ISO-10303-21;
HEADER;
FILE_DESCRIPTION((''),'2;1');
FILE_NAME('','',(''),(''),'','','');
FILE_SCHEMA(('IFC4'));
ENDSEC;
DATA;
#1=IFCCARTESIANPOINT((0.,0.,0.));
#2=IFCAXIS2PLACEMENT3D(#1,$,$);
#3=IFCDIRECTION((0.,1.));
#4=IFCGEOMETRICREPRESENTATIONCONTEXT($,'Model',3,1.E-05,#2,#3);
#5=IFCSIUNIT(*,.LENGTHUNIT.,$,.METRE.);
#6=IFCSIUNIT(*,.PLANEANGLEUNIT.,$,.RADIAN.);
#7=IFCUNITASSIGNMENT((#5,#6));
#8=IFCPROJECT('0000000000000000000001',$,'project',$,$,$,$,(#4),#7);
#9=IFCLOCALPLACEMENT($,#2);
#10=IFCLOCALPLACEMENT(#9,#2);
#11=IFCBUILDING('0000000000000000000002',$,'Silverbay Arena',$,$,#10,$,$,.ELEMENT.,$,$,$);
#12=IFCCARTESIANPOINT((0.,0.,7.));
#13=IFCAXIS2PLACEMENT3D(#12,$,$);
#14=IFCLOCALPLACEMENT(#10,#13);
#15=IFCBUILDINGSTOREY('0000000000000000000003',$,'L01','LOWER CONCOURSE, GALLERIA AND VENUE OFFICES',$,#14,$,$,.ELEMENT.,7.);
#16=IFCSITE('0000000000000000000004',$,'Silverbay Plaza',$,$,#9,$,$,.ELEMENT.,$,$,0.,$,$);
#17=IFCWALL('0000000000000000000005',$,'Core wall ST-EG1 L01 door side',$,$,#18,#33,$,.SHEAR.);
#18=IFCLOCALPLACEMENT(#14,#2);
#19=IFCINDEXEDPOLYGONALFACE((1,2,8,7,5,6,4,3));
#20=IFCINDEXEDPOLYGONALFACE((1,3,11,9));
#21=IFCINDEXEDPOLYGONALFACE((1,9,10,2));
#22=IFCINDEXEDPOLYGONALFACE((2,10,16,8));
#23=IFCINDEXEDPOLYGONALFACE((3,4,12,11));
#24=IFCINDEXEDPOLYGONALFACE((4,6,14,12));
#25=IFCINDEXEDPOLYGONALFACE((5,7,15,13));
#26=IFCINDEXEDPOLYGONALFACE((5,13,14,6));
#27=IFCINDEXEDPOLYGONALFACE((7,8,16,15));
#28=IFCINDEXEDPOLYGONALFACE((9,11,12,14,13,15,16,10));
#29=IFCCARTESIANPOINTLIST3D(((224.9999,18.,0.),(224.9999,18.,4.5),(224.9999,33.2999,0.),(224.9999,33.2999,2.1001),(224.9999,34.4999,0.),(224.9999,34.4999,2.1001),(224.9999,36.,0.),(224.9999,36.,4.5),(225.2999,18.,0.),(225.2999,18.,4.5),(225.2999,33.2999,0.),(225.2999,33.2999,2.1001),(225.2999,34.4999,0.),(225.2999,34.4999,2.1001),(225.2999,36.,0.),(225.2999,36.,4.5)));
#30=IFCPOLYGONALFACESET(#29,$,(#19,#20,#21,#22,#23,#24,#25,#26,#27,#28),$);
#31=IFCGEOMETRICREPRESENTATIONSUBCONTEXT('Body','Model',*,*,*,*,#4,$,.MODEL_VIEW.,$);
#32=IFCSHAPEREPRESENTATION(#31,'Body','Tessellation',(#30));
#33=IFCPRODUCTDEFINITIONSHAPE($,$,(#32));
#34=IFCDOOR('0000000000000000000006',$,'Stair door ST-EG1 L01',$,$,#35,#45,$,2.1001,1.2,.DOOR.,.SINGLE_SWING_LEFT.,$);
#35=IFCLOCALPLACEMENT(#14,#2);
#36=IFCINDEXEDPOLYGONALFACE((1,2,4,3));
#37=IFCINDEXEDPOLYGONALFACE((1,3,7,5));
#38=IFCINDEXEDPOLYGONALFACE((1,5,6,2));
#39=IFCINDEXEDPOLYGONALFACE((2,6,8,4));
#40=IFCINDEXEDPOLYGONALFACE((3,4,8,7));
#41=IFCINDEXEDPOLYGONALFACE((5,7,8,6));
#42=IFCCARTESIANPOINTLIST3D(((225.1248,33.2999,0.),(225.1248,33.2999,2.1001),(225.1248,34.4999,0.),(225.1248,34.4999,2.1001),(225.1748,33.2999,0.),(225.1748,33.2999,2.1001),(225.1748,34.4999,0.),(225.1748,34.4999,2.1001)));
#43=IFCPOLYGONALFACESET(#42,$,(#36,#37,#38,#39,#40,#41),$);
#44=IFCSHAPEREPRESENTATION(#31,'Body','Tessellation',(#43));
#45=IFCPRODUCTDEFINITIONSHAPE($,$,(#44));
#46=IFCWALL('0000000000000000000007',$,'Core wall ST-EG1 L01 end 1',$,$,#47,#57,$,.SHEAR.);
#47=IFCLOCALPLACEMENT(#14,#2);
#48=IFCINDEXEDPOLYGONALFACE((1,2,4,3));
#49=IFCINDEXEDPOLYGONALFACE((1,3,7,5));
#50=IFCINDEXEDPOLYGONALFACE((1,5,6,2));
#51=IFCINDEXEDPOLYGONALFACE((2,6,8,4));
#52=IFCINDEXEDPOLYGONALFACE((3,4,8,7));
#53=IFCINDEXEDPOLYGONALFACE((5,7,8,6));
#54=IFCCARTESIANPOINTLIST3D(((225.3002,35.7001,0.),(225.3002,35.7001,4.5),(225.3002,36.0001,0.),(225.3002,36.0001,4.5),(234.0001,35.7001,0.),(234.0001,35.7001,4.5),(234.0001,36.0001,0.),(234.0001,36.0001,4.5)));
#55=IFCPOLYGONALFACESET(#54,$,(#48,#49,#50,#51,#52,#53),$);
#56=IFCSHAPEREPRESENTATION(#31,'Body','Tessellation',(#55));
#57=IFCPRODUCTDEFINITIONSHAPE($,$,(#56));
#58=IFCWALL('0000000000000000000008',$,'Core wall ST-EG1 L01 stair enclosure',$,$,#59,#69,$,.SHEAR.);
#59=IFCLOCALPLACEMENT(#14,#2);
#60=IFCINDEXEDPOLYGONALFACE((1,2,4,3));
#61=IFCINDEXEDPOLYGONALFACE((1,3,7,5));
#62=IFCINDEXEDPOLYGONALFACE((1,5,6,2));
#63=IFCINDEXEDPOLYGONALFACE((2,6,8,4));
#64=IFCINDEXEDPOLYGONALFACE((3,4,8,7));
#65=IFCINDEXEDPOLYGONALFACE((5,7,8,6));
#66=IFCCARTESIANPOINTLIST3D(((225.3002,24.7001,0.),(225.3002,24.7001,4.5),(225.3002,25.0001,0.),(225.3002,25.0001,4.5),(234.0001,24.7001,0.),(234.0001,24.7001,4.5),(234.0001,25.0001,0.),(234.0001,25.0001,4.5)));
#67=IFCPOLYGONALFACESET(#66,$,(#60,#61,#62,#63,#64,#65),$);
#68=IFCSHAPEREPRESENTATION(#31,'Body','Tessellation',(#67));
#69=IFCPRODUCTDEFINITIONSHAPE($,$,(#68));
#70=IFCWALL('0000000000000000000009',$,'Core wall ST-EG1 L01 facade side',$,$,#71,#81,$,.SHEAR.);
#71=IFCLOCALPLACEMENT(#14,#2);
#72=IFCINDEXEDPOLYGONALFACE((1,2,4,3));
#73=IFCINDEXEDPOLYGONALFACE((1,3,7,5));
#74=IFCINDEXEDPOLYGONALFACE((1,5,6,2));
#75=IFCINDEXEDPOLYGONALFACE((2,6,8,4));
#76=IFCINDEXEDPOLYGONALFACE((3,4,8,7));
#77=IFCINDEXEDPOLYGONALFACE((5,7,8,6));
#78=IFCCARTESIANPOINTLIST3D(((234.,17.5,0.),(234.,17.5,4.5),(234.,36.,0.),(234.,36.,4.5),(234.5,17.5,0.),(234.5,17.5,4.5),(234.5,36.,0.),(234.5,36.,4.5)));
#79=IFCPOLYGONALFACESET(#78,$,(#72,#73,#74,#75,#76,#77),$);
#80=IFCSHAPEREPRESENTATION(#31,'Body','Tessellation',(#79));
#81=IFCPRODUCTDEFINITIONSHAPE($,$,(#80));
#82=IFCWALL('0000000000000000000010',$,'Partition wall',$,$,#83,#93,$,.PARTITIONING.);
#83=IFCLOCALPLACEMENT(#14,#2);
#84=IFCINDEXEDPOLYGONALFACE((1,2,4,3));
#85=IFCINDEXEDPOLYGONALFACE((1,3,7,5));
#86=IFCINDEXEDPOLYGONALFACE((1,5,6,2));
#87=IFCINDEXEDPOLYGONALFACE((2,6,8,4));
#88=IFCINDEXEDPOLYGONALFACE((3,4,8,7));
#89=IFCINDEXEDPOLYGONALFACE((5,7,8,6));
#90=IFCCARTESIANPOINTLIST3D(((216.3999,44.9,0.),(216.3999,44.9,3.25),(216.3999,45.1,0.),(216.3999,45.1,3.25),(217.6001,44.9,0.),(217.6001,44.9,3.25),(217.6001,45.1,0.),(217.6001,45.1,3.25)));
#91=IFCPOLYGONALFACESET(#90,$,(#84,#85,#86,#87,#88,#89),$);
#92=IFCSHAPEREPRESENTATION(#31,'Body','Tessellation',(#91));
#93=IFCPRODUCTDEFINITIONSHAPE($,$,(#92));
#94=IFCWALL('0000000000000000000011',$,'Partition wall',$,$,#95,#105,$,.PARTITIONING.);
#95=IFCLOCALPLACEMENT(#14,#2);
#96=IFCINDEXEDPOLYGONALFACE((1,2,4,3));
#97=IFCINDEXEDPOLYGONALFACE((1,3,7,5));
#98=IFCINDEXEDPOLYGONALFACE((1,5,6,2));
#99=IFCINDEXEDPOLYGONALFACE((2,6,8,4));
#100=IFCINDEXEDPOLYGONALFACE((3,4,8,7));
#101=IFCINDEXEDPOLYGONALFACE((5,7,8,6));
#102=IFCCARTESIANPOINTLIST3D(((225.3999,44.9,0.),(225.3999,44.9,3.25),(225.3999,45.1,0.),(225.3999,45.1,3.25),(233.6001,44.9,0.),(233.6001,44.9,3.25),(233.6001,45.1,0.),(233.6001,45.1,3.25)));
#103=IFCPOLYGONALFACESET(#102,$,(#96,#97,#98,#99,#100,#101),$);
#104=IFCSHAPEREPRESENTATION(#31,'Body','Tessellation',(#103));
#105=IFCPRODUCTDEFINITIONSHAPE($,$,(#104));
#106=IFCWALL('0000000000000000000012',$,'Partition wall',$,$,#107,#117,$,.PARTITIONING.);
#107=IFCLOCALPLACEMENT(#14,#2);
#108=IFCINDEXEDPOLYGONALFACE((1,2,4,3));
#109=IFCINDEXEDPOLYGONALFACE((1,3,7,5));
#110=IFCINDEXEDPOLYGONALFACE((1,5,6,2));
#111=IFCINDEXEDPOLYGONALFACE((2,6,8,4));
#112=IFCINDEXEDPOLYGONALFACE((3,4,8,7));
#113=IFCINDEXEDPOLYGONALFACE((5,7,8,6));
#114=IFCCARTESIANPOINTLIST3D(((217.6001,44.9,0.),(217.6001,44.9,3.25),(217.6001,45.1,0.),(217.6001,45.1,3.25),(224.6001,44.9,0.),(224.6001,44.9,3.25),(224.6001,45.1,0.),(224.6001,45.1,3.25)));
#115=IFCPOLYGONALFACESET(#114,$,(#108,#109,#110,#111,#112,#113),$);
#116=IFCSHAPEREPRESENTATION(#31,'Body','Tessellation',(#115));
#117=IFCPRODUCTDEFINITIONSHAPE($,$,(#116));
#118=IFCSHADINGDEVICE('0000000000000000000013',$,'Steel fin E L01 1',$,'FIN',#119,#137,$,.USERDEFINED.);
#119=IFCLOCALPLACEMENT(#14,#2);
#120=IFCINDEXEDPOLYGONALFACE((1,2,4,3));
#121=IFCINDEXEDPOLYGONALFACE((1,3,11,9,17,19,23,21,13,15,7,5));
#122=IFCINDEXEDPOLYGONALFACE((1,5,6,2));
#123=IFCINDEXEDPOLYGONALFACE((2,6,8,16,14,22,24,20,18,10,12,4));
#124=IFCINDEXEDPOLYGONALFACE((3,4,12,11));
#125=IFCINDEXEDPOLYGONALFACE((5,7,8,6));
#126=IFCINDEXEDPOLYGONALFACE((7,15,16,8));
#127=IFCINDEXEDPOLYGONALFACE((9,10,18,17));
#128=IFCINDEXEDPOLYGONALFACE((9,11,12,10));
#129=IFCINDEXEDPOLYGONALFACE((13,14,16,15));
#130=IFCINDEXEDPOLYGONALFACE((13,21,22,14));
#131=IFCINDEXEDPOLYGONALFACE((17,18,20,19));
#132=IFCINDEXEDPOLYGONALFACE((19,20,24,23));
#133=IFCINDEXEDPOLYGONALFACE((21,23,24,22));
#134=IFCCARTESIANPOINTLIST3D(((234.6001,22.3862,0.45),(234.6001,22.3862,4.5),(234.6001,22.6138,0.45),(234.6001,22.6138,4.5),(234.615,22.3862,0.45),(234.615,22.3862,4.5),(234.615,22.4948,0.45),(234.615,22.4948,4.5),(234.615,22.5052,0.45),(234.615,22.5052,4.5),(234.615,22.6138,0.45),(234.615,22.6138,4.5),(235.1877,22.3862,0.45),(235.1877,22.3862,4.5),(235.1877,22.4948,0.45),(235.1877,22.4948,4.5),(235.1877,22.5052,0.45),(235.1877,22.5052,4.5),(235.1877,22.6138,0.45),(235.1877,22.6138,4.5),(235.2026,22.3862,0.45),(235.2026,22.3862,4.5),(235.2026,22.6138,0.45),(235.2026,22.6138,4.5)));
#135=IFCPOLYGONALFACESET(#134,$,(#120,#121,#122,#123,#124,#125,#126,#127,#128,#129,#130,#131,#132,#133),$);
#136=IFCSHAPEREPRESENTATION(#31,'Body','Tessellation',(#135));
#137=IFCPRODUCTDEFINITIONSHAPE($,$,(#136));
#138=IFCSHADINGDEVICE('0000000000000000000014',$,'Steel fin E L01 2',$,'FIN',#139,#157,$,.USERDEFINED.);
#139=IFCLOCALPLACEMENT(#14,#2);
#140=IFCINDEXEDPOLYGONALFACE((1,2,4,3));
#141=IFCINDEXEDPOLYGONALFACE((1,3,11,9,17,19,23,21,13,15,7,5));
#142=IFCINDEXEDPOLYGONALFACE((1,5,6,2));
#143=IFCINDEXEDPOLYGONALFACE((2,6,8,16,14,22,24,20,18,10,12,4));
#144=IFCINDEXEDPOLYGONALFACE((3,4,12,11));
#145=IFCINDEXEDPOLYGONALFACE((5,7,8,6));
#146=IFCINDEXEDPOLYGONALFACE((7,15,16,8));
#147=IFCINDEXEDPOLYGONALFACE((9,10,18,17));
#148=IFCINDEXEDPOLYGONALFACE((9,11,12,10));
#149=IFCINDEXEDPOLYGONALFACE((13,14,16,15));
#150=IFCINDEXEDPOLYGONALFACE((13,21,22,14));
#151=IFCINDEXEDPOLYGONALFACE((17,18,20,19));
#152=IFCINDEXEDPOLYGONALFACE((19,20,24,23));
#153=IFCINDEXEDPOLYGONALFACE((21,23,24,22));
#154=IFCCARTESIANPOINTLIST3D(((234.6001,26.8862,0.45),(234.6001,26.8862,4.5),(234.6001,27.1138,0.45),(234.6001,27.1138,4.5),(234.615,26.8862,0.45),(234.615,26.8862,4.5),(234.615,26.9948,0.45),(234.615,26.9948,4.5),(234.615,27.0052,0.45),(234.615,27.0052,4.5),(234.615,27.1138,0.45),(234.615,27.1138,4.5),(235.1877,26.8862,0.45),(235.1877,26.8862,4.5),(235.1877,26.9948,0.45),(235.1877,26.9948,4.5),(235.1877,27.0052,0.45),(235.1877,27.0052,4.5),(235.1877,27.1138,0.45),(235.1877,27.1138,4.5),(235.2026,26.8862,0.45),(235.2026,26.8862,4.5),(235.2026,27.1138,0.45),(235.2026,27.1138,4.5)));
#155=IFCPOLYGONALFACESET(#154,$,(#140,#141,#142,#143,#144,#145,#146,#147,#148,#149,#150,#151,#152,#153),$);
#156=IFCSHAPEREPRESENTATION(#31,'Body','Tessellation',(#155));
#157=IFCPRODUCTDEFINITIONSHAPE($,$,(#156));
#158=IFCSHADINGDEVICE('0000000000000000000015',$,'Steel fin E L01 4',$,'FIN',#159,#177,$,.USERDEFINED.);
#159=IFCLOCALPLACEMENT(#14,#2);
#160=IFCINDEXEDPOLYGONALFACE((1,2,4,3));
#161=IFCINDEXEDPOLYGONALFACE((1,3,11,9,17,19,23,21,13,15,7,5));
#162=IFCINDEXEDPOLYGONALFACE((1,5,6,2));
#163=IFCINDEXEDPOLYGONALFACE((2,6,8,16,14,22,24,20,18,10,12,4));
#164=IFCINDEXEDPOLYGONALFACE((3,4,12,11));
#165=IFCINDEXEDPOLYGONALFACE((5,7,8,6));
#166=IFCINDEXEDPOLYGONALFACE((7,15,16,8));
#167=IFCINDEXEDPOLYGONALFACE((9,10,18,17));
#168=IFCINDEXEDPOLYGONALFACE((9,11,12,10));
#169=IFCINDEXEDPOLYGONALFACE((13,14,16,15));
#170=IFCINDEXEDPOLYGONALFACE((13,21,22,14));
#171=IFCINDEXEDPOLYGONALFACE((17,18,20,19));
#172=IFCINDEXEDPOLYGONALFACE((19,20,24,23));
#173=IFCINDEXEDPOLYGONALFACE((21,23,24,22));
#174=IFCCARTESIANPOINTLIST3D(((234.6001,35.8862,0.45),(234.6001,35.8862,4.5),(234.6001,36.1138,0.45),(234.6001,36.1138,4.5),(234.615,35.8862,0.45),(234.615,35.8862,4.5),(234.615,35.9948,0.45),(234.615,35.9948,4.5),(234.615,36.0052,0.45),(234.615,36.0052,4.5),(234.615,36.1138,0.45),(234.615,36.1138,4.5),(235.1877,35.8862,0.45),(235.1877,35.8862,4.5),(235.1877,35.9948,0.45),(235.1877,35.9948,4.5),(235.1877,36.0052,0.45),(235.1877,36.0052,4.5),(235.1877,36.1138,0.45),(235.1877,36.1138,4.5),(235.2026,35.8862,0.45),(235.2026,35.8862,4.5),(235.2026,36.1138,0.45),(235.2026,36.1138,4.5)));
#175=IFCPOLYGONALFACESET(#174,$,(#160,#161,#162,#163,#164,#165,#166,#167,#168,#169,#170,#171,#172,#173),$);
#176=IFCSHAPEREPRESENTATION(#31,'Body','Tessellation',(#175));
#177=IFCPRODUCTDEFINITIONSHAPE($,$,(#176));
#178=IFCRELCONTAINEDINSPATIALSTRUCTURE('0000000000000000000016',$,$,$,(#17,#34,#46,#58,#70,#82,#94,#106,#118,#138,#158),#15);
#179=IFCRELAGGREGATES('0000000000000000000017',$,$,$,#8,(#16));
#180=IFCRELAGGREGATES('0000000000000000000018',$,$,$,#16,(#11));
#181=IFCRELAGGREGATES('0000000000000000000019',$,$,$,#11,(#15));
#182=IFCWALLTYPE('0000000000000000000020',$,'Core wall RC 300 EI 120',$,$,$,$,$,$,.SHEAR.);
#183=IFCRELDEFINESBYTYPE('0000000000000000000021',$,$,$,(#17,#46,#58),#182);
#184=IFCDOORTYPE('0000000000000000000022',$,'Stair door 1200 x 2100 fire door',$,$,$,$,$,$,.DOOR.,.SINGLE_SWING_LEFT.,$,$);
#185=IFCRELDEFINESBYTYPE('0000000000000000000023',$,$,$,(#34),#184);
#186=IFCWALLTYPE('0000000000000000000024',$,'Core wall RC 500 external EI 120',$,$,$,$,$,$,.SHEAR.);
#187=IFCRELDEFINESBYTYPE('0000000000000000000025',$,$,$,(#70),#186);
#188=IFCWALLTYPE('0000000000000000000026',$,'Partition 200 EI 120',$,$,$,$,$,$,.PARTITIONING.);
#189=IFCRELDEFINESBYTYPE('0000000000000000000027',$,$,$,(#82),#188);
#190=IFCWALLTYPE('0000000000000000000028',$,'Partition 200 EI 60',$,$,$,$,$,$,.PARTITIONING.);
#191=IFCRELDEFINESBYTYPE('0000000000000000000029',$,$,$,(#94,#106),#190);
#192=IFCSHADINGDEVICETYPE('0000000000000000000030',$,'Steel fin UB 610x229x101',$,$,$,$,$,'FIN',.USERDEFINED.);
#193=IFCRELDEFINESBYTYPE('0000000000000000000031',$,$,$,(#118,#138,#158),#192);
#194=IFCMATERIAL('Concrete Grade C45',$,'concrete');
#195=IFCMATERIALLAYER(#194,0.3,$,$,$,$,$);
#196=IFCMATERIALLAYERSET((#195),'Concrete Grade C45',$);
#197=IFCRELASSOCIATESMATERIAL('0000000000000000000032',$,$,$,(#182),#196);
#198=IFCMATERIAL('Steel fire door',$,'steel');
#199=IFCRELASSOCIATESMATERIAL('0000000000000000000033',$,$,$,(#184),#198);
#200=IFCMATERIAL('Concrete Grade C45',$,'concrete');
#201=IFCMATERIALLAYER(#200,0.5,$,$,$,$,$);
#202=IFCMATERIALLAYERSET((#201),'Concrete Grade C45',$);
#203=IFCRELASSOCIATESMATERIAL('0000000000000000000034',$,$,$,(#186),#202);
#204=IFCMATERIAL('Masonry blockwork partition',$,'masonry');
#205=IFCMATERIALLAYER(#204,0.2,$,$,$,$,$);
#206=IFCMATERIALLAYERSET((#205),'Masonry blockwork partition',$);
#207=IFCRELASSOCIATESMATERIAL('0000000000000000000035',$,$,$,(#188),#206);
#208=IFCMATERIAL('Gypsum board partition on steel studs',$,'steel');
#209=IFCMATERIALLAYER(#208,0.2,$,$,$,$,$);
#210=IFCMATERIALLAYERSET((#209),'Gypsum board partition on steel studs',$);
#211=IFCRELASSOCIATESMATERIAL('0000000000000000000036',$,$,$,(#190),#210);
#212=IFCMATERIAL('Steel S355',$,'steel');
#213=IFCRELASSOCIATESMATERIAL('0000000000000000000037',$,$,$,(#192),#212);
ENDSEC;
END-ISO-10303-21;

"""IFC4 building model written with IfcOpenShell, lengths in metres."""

from ifc_helpers import new_model, si_unit, direction, frame, frame_2d, origin, origin_2d, place, context, subcontext, project, spatial, rectangle, i_section, extrude, material, layer, layer_set, material_profile, profile_set, type_object, element, fill, save


model = new_model("IFC4")

# Units and contexts
model_context = context("Model", 3, precision=1e-05, world=origin(), true_north=direction((0.0, 1.0)))
body_context = subcontext(model_context, "Body", "Model", "MODEL_VIEW")
ifc_project = project(units=[si_unit("LENGTHUNIT", "METRE"), si_unit("PLANEANGLEUNIT", "RADIAN")], contexts=[model_context])

# Site, building, storey
site_placement = place(None, origin())
site = spatial("IfcSite", under=ifc_project, at=site_placement, Name="Silverbay Plaza", CompositionType="ELEMENT", RefElevation=0.0)
building_placement = place(site_placement, origin())
building = spatial("IfcBuilding", under=site, at=building_placement, Name="Silverbay Arena", CompositionType="ELEMENT")
storey_placement = place(building_placement, frame((0.0, 0.0, 7.0)))
storey = spatial("IfcBuildingStorey", under=building, at=storey_placement, Name="L01", Description="LOWER CONCOURSE, GALLERIA AND VENUE OFFICES", CompositionType="ELEMENT", Elevation=7.0)

# Wall, opening, door
ifc_material_1 = material(Name="Concrete Grade C45", Category="concrete")
ifc_layer_1 = layer(ifc_material_1, 0.3)
ifc_layer_set_1 = layer_set([ifc_layer_1], Name="Concrete Grade C45")
wall_type_1 = type_object("IfcWallType", Name="Core wall RC 300 EI 120", PredefinedType="SHEAR", material=ifc_layer_set_1)
wall_1_placement = place(storey_placement, frame((225.1499, 36.0, 0.0), z_axis=(0.0, 0.0, 1.0), x_axis=(0.0, -1.0, 0.0)))
wall_1 = element("IfcWall", 1, at=wall_1_placement, inside=storey, type_object=wall_type_1, Name="Core wall ST-EG1 L01 door side", PredefinedType="SHEAR", context=body_context, shape_type="SweptSolid", body=[
    extrude(rectangle(XDim=18.0, YDim=0.3, at=frame_2d((9.0, 0.0))), origin(), (0.0, 0.0, 1.0), 4.5),
])
opening_1_placement = place(wall_1_placement, frame((1.5, 0.0, 0.0)))
opening_1 = element("IfcOpeningElement", 2, at=opening_1_placement, cuts=wall_1, PredefinedType="OPENING", context=body_context, shape_type="SweptSolid", body=[
    extrude(rectangle(XDim=1.2, YDim=2.1001, at=frame_2d((0.6001, 1.05))), frame((0.0, 0.1602, 0.0), z_axis=(0.0, -1.0, 0.0), x_axis=(1.0, 0.0, 0.0)), (0.0, 0.0, 1.0), 0.3201),
])
ifc_material_2 = material(Name="Steel fire door", Category="steel")
door_type = type_object("IfcDoorType", Name="Stair door 1200 x 2100 fire door", OperationType="SINGLE_SWING_LEFT", PredefinedType="DOOR", material=ifc_material_2)
door_placement = place(opening_1_placement, origin())
door = element("IfcDoor", 3, at=door_placement, inside=storey, type_object=door_type, Name="Stair door ST-EG1 L01", OperationType="SINGLE_SWING_LEFT", OverallHeight=2.1001, OverallWidth=1.2, PredefinedType="DOOR", context=body_context, shape_type="SweptSolid", body=[
    extrude(rectangle(XDim=1.2, YDim=2.1001, at=frame_2d((0.6001, 1.05))), frame((0.0, 0.0249, 0.0), z_axis=(0.0, -1.0, 0.0), x_axis=(1.0, 0.0, 0.0)), (0.0, 0.0, 1.0), 0.05),
])
fill(opening_1, door)

# Walls
for number, where, z_axis, x_axis, name in (
    (4, (225.3, 35.8501, 0.0), (0.0, 0.0, 1.0), (1.0, 0.0, 0.0), "Core wall ST-EG1 L01 end 1"),
    (5, (225.3, 24.8501, 0.0), (0.0, 0.0, 1.0), (1.0, 0.0, 0.0), "Core wall ST-EG1 L01 stair enclosure"),
):
    element("IfcWall", number, at=place(storey_placement, frame(where, z_axis=z_axis, x_axis=x_axis)), inside=storey, type_object=wall_type_1, Name=name, PredefinedType="SHEAR", context=body_context, shape_type="SweptSolid", body=[
        extrude(rectangle(XDim=8.7, YDim=0.3, at=frame_2d((4.3501, 0.0))), origin(), (0.0, 0.0, 1.0), 4.5),
    ])
ifc_material_3 = material(Name="Concrete Grade C45", Category="concrete")
ifc_layer_2 = layer(ifc_material_3, 0.5)
ifc_layer_set_2 = layer_set([ifc_layer_2], Name="Concrete Grade C45")
wall_type_2 = type_object("IfcWallType", Name="Core wall RC 500 external EI 120", PredefinedType="SHEAR", material=ifc_layer_set_2)
wall_2_placement = place(storey_placement, frame((234.25, 36.0, 0.0), z_axis=(0.0, 0.0, 1.0), x_axis=(0.0, -1.0, 0.0)))
element("IfcWall", 6, at=wall_2_placement, inside=storey, type_object=wall_type_2, Name="Core wall ST-EG1 L01 facade side", PredefinedType="SHEAR", context=body_context, shape_type="SweptSolid", body=[
    extrude(rectangle(XDim=18.5, YDim=0.5, at=frame_2d((9.25, 0.0))), origin(), (0.0, 0.0, 1.0), 4.5),
])
ifc_material_4 = material(Name="Masonry blockwork partition", Category="masonry")
ifc_layer_3 = layer(ifc_material_4, 0.2)
ifc_layer_set_3 = layer_set([ifc_layer_3], Name="Masonry blockwork partition")
wall_type_3 = type_object("IfcWallType", Name="Partition 200 EI 120", PredefinedType="PARTITIONING", material=ifc_layer_set_3)
wall_3_placement = place(storey_placement, frame((216.3999, 45.0, 0.0), z_axis=(0.0, 0.0, 1.0), x_axis=(1.0, 0.0, 0.0)))
element("IfcWall", 7, at=wall_3_placement, inside=storey, type_object=wall_type_3, Name="Partition wall", PredefinedType="PARTITIONING", context=body_context, shape_type="SweptSolid", body=[
    extrude(rectangle(XDim=1.2002, YDim=0.2, at=frame_2d((0.6001, 0.0))), origin(), (0.0, 0.0, 1.0), 3.25),
])
ifc_material_5 = material(Name="Gypsum board partition on steel studs", Category="steel")
ifc_layer_4 = layer(ifc_material_5, 0.2)
ifc_layer_set_4 = layer_set([ifc_layer_4], Name="Gypsum board partition on steel studs")
wall_type_4 = type_object("IfcWallType", Name="Partition 200 EI 60", PredefinedType="PARTITIONING", material=ifc_layer_set_4)
wall_4_placement = place(storey_placement, frame((225.3999, 45.0, 0.0), z_axis=(0.0, 0.0, 1.0), x_axis=(1.0, 0.0, 0.0)))
element("IfcWall", 8, at=wall_4_placement, inside=storey, type_object=wall_type_4, Name="Partition wall", PredefinedType="PARTITIONING", context=body_context, shape_type="SweptSolid", body=[
    extrude(rectangle(XDim=8.2002, YDim=0.2, at=frame_2d((4.1001, 0.0))), origin(), (0.0, 0.0, 1.0), 3.25),
])
wall_5_placement = place(storey_placement, frame((217.6001, 45.0, 0.0), z_axis=(0.0, 0.0, 1.0), x_axis=(1.0, 0.0, 0.0)))
element("IfcWall", 9, at=wall_5_placement, inside=storey, type_object=wall_type_4, Name="Partition wall", PredefinedType="PARTITIONING", context=body_context, shape_type="SweptSolid", body=[
    extrude(rectangle(XDim=7.0, YDim=0.2, at=frame_2d((3.5, 0.0))), origin(), (0.0, 0.0, 1.0), 3.25),
])

# Shading devices
ifc_material_6 = material(Name="Steel S355", Category="steel")
ifc_material_profile_1 = material_profile(ifc_material_6, i_section(OverallWidth=0.2275, OverallDepth=0.6025, WebThickness=0.0105, FlangeThickness=0.0149, at=origin_2d()), Name="UB 610x229x101")
ifc_profile_set_1 = profile_set([ifc_material_profile_1], Name="Steel S355")
shading_device_type = type_object("IfcShadingDeviceType", Name="Steel fin UB 610x229x101", ElementType="FIN", PredefinedType="USERDEFINED", material=ifc_profile_set_1)
for number, where, z_axis, x_axis, name in (
    (10, (234.9014, 22.5, 0.45), (0.0, 0.0, 1.0), (0.0, 1.0, 0.0), "Steel fin E L01 1"),
    (11, (234.9014, 27.0, 0.45), (0.0, 0.0, 1.0), (0.0, 1.0, 0.0), "Steel fin E L01 2"),
    (12, (234.9014, 36.0, 0.45), (0.0, 0.0, 1.0), (0.0, 1.0, 0.0), "Steel fin E L01 4"),
):
    element("IfcShadingDevice", number, at=place(storey_placement, frame(where, z_axis=z_axis, x_axis=x_axis)), inside=storey, type_object=shading_device_type, Name=name, ObjectType="FIN", PredefinedType="USERDEFINED", context=body_context, shape_type="SweptSolid", body=[
        extrude(i_section(OverallWidth=0.2275, OverallDepth=0.6025, WebThickness=0.0105, FlangeThickness=0.0149, at=origin_2d()), origin(), (0.0, 0.0, 1.0), 4.05),
    ])

save(model, "model.ifc")
